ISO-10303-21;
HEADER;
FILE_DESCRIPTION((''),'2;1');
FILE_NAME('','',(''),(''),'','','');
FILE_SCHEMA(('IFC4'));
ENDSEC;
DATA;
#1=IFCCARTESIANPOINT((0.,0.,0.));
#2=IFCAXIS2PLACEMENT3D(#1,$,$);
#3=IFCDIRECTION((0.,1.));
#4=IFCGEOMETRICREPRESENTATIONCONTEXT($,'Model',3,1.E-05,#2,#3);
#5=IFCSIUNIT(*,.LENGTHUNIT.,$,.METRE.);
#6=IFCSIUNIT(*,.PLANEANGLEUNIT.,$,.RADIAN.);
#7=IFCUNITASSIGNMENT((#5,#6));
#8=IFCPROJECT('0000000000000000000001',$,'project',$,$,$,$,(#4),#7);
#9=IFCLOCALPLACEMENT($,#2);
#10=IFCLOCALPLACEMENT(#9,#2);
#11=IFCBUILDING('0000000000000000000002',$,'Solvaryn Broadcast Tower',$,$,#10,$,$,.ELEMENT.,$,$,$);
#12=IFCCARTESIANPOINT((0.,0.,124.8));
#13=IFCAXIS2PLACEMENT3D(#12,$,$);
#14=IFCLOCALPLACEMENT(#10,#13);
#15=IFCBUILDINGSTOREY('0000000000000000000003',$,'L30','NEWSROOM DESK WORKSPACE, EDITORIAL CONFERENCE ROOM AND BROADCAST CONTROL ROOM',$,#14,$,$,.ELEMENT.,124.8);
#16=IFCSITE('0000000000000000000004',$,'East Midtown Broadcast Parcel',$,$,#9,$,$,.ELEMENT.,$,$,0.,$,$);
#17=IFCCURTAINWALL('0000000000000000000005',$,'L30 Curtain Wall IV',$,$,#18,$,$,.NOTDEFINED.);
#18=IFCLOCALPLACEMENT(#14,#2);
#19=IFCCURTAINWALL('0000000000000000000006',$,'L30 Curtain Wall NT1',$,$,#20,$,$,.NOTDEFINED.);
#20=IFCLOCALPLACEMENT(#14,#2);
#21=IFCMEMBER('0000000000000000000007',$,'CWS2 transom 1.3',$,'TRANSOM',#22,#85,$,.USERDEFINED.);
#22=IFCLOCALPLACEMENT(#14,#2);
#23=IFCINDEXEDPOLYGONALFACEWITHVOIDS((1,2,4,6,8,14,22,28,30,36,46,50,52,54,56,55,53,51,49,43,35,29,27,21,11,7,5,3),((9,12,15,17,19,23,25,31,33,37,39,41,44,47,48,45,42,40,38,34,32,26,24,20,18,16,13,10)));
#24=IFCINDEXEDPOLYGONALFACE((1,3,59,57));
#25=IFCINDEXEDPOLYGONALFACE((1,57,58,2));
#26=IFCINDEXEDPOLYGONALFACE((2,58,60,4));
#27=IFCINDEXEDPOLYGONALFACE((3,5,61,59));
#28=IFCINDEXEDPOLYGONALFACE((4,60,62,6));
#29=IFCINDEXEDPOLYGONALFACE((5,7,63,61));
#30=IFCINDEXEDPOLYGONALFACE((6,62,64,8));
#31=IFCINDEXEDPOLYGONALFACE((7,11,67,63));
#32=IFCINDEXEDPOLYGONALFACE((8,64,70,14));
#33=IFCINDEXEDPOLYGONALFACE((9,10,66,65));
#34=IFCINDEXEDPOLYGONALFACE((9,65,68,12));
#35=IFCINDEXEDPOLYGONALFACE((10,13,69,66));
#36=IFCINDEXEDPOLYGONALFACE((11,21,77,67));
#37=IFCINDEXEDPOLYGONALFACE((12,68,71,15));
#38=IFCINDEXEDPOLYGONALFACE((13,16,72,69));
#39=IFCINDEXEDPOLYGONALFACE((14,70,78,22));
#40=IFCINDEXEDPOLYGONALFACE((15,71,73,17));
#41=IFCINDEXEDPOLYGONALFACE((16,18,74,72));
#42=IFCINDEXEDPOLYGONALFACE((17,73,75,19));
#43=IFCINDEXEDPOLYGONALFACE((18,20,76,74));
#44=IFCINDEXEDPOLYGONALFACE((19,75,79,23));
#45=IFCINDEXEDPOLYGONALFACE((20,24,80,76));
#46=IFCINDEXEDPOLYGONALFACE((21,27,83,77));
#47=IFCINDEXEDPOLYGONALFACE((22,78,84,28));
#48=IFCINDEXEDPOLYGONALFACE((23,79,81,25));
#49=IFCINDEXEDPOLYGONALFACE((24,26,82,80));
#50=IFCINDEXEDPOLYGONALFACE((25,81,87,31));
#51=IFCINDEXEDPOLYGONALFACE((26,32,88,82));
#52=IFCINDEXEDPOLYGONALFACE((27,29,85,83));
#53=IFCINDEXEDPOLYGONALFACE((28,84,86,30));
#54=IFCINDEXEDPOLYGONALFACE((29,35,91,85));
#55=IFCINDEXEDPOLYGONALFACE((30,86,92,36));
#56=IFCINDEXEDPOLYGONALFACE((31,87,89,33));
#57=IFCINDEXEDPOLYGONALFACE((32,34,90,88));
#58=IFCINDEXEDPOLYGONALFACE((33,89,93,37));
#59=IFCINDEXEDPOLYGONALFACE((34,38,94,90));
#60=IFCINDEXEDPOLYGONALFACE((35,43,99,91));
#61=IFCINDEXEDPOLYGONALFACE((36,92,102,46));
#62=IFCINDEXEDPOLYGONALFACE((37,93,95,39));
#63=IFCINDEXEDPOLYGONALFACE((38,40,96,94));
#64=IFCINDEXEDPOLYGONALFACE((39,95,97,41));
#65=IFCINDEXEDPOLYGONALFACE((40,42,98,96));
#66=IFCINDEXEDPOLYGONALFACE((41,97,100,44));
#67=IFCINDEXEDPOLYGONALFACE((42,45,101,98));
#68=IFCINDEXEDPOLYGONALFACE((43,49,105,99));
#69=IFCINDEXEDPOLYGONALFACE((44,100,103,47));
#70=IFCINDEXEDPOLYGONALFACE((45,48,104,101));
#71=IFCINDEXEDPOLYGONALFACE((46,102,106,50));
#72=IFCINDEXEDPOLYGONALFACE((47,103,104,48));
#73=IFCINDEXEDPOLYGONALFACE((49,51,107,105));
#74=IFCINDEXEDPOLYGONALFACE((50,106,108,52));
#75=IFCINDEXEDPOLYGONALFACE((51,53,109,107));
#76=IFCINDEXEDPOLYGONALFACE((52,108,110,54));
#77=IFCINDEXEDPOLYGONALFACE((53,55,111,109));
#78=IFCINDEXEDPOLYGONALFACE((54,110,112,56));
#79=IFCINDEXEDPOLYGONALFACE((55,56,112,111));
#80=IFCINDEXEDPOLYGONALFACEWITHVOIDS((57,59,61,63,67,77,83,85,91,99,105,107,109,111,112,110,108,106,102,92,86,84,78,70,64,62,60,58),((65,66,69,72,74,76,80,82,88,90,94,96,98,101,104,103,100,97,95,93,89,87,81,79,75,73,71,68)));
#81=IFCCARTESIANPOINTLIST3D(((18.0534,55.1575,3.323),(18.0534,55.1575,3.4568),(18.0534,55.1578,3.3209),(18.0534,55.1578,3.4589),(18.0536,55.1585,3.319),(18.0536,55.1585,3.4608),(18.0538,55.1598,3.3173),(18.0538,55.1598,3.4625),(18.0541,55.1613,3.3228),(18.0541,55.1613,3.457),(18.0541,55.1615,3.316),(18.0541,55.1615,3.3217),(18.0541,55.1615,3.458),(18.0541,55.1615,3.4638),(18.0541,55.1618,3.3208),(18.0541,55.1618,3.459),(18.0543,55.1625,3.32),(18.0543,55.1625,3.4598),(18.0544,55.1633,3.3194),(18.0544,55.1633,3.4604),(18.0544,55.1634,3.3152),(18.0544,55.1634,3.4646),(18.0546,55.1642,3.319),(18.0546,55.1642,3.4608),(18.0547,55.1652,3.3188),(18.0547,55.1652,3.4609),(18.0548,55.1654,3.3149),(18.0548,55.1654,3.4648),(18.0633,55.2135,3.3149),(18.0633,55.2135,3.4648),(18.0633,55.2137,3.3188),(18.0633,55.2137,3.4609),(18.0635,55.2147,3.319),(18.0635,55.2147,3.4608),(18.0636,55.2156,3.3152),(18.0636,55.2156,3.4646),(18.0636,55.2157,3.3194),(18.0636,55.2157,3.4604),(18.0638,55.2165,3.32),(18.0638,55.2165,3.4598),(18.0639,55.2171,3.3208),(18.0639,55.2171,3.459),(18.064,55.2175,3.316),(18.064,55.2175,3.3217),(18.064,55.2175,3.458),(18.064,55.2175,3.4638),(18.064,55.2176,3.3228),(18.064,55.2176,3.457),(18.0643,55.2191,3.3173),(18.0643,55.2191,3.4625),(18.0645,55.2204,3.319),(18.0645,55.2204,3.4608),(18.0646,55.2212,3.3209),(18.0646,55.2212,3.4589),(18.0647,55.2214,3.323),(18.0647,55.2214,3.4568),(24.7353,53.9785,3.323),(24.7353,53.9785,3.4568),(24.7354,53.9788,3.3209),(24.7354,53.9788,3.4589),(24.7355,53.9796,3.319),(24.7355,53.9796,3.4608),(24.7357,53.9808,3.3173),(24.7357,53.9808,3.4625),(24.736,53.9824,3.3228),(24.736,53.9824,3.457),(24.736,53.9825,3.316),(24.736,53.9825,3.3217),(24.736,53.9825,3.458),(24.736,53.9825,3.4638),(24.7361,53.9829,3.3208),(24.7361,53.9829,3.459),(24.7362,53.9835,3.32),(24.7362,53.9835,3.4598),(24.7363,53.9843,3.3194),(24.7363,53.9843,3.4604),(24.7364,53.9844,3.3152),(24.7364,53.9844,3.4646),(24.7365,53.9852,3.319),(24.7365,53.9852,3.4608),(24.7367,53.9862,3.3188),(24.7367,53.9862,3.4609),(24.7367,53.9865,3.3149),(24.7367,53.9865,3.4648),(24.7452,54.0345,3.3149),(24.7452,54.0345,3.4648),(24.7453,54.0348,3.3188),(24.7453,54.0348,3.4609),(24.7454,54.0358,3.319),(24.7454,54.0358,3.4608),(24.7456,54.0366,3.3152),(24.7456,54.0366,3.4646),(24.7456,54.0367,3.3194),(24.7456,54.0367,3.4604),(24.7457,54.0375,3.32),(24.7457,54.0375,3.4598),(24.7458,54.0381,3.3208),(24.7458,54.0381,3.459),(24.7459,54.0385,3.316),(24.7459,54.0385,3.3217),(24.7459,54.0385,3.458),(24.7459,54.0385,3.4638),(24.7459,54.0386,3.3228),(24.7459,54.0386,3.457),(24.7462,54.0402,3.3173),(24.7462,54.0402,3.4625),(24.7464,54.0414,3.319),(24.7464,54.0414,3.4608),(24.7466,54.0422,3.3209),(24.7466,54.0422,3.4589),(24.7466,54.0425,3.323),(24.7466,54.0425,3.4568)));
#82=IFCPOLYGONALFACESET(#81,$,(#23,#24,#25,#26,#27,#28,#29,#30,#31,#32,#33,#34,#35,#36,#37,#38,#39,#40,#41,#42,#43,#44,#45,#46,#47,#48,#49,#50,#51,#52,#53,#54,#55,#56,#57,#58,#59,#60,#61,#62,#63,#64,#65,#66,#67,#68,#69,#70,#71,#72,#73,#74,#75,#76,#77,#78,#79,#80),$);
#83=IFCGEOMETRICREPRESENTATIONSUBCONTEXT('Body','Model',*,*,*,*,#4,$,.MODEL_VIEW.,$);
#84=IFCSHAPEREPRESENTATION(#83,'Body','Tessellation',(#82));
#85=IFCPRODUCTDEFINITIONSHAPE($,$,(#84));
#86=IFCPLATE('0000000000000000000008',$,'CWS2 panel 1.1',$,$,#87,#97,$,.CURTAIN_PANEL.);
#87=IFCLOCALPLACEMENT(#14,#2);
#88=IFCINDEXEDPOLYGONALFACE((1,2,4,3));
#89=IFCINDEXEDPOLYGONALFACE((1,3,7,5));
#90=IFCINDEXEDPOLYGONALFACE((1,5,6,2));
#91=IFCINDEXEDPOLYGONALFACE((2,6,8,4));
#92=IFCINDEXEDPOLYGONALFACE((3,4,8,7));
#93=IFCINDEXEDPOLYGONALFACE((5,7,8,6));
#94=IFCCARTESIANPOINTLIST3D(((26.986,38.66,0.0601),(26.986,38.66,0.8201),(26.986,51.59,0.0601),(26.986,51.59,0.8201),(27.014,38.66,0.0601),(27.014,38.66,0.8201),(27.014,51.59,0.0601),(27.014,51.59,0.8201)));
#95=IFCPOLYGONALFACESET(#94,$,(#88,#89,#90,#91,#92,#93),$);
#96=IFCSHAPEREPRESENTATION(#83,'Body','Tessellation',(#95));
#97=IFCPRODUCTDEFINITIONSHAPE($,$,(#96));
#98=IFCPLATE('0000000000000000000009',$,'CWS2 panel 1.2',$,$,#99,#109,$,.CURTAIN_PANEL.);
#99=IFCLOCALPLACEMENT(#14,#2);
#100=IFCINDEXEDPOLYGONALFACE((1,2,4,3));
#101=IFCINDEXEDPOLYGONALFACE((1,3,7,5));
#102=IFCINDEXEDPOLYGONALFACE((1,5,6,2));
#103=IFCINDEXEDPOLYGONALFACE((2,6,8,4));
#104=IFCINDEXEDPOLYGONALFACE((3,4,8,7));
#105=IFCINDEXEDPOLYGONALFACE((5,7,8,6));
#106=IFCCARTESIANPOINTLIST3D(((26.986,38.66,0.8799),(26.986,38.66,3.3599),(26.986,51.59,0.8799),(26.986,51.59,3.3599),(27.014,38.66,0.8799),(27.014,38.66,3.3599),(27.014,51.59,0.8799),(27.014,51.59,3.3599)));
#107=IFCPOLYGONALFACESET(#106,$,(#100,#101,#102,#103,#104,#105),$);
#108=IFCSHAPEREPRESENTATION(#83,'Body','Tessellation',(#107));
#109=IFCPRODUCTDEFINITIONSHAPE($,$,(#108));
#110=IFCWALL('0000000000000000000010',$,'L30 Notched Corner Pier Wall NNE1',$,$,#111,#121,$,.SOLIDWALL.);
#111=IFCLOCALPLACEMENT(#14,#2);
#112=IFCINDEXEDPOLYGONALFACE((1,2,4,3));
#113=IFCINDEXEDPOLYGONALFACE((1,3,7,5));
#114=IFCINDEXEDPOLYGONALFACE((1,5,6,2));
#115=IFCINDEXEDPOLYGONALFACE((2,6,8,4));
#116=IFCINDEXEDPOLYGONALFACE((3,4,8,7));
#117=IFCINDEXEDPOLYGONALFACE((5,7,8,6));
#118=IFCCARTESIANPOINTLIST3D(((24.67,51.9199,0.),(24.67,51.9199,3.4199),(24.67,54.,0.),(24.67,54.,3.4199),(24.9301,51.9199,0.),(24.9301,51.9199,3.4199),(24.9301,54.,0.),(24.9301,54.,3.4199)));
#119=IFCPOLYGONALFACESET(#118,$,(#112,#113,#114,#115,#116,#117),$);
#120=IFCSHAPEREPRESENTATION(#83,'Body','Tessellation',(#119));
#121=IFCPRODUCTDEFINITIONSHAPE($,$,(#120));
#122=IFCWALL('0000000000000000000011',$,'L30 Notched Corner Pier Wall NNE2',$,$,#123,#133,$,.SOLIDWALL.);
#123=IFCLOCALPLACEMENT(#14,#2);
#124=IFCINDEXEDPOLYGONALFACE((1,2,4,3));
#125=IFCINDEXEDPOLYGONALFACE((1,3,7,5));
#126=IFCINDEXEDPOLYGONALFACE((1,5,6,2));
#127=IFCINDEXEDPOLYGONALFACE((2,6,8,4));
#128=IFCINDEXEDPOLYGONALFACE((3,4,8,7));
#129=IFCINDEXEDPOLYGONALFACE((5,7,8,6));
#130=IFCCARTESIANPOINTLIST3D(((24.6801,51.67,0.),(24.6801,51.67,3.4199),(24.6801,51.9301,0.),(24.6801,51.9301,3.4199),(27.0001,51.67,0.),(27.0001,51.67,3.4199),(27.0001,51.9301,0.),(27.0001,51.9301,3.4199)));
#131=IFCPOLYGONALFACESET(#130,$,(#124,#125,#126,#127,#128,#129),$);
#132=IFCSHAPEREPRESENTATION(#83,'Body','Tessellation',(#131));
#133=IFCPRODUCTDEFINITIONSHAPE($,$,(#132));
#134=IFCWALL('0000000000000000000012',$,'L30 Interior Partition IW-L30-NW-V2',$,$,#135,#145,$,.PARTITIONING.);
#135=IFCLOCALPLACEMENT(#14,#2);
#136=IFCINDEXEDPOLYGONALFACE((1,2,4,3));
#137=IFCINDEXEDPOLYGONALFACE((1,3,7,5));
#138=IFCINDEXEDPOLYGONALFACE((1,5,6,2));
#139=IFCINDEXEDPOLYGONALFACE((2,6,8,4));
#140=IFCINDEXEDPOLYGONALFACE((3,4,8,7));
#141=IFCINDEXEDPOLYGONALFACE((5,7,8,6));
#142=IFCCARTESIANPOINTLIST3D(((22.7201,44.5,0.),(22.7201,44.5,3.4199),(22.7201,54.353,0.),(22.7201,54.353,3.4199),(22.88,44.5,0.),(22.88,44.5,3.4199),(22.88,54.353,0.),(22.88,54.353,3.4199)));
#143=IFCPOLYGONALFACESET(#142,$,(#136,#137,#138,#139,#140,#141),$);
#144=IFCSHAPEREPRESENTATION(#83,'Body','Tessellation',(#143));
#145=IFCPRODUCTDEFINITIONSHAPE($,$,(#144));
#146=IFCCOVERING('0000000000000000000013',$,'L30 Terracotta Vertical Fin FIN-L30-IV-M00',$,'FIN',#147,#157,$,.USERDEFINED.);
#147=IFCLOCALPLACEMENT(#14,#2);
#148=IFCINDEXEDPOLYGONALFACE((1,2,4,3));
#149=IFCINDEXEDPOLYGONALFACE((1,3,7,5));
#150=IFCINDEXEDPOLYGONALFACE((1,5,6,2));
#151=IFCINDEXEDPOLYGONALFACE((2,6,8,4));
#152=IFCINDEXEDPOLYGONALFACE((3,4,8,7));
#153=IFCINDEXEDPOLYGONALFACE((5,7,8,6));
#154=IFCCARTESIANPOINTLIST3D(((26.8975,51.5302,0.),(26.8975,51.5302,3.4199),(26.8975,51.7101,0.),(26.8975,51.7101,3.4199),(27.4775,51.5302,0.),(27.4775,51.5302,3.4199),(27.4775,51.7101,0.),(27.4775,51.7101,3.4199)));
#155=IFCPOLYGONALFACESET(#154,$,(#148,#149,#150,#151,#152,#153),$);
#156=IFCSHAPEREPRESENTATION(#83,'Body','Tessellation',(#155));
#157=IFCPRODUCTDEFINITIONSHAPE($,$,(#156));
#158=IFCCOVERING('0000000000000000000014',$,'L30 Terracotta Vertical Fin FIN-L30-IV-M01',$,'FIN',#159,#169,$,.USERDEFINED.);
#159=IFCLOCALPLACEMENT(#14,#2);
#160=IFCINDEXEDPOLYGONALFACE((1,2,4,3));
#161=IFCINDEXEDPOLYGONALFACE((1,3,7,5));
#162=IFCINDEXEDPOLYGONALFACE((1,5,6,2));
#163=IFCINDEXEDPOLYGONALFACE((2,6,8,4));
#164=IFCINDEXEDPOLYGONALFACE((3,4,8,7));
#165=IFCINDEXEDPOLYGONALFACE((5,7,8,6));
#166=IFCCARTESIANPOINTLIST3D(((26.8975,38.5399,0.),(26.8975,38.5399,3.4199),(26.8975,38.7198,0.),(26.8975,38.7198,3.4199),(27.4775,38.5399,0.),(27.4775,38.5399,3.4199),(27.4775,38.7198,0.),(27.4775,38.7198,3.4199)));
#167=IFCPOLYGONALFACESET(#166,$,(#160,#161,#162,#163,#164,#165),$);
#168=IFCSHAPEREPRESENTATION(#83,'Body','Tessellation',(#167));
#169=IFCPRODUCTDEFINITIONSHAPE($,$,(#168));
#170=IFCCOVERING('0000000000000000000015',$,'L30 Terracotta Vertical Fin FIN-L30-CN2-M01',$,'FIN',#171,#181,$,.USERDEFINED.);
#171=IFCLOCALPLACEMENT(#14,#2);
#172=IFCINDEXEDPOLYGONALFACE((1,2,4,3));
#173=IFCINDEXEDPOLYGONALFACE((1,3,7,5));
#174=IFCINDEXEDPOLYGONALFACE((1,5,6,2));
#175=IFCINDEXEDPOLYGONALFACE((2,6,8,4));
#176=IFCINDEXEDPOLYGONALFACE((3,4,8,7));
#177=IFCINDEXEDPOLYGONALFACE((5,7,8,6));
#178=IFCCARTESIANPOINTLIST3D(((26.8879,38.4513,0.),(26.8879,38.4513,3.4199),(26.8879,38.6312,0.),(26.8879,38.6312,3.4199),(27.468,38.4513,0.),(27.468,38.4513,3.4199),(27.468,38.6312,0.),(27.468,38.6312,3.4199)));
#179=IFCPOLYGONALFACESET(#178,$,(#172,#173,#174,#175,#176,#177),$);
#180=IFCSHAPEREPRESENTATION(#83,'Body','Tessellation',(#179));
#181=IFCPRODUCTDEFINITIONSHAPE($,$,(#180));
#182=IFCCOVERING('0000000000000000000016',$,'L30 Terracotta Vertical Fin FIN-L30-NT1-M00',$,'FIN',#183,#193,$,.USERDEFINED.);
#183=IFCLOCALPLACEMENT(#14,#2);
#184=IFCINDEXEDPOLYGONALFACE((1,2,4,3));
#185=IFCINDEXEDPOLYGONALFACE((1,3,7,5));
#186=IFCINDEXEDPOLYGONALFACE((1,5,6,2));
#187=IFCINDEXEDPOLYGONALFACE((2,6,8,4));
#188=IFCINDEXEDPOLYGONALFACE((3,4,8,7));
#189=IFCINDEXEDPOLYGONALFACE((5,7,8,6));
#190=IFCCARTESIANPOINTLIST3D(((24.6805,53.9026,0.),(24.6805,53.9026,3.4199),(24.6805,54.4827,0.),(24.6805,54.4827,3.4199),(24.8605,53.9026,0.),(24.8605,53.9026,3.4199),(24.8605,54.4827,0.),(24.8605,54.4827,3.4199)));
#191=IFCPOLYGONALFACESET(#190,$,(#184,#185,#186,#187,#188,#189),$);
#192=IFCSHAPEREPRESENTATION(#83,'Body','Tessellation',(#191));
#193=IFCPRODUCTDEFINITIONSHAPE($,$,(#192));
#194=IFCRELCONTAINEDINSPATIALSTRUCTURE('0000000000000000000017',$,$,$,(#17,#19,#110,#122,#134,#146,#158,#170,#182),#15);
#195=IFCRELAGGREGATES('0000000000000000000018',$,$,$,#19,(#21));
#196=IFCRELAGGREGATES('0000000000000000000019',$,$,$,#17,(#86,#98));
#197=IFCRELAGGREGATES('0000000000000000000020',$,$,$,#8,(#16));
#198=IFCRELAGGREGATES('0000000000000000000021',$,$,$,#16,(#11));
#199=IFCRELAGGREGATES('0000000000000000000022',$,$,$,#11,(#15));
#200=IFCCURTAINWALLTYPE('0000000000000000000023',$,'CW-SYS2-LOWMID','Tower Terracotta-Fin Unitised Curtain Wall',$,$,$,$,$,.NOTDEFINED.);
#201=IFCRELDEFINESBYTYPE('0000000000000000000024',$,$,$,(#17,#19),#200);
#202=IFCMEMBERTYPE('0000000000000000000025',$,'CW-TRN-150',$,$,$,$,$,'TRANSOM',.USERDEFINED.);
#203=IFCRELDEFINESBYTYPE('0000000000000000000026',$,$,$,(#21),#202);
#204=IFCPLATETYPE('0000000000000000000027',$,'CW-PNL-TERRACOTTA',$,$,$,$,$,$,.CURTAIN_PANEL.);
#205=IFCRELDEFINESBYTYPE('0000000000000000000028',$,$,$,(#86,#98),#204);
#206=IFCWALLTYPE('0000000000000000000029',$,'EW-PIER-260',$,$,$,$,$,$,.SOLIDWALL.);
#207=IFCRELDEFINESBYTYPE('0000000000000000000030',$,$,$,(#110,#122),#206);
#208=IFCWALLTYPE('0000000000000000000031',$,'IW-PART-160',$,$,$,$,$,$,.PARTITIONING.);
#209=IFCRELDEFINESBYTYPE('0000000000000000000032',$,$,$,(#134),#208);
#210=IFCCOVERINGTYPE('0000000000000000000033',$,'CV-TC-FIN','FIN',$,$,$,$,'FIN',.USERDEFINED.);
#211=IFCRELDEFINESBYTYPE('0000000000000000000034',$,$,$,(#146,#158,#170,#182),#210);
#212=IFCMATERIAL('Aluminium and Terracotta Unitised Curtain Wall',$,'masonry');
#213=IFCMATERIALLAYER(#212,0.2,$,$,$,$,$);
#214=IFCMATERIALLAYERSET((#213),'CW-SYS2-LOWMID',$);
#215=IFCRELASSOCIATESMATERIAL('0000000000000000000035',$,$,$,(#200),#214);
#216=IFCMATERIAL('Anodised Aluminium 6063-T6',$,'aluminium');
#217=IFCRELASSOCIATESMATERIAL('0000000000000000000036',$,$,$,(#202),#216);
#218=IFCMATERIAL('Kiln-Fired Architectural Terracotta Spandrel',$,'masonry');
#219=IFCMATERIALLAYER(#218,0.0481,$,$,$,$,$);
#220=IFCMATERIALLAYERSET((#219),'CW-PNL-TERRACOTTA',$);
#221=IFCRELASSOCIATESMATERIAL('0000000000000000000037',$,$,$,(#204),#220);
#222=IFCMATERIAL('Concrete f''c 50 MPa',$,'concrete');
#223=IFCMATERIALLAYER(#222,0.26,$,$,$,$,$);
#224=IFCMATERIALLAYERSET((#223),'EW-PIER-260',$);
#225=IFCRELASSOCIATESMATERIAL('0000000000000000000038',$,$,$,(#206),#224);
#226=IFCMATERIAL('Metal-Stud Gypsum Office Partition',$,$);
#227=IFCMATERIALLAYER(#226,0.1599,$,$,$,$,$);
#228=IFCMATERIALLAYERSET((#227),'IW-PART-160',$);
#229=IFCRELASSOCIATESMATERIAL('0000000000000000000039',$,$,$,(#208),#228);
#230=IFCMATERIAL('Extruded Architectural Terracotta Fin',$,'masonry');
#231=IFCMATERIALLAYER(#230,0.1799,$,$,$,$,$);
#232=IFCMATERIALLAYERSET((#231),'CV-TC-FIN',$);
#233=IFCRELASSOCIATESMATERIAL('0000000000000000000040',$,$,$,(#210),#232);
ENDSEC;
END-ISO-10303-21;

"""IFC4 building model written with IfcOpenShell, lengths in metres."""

from ifc_helpers import new_model, si_unit, direction, frame, frame_2d, origin, origin_2d, place, context, subcontext, project, spatial, rectangle, hollow_rectangle, extrude, material, layer, layer_set, material_profile, profile_set, type_object, element, aggregate, save


model = new_model("IFC4")

# Units and contexts
model_context = context("Model", 3, precision=1e-05, world=origin(), true_north=direction((0.0, 1.0)))
body_context = subcontext(model_context, "Body", "Model", "MODEL_VIEW")
ifc_project = project(units=[si_unit("LENGTHUNIT", "METRE"), si_unit("PLANEANGLEUNIT", "RADIAN")], contexts=[model_context])

# Site, building, storey
site_placement = place(None, origin())
site = spatial("IfcSite", under=ifc_project, at=site_placement, Name="East Midtown Broadcast Parcel", CompositionType="ELEMENT", RefElevation=0.0)
building_placement = place(site_placement, origin())
building = spatial("IfcBuilding", under=site, at=building_placement, Name="Solvaryn Broadcast Tower", CompositionType="ELEMENT")
storey_placement = place(building_placement, frame((0.0, 0.0, 124.8)))
storey = spatial("IfcBuildingStorey", under=building, at=storey_placement, Name="L30", Description="NEWSROOM DESK WORKSPACE, EDITORIAL CONFERENCE ROOM AND BROADCAST CONTROL ROOM", CompositionType="ELEMENT", Elevation=124.8)

# Curtain wall
ifc_material_1 = material(Name="Aluminium and Terracotta Unitised Curtain Wall", Category="masonry")
ifc_layer_1 = layer(ifc_material_1, 0.2)
ifc_layer_set_1 = layer_set([ifc_layer_1], Name="CW-SYS2-LOWMID")
curtain_wall_type = type_object("IfcCurtainWallType", Name="CW-SYS2-LOWMID", Description="Tower Terracotta-Fin Unitised Curtain Wall", PredefinedType="NOTDEFINED", material=ifc_layer_set_1)
curtain_wall_1_placement = place(storey_placement, origin())
curtain_wall_1 = element("IfcCurtainWall", 1, at=curtain_wall_1_placement, inside=storey, type_object=curtain_wall_type, Name="L30 Curtain Wall IV", PredefinedType="NOTDEFINED")

# Curtain wall
curtain_wall_2_placement = place(storey_placement, origin())
curtain_wall_2 = element("IfcCurtainWall", 2, at=curtain_wall_2_placement, inside=storey, type_object=curtain_wall_type, Name="L30 Curtain Wall NT1", PredefinedType="NOTDEFINED")

# Member
ifc_material_2 = material(Name="Anodised Aluminium 6063-T6", Category="aluminium")
ifc_material_profile_1 = material_profile(ifc_material_2, hollow_rectangle(XDim=0.0649, YDim=0.1499, WallThickness=0.0039, InnerFilletRadius=0.0039, OuterFilletRadius=0.0081, at=origin_2d()))
ifc_profile_set_1 = profile_set([ifc_material_profile_1], Name="Anodised Aluminium 6063-T6")
member_type_1 = type_object("IfcMemberType", Name="CW-TRN-150", ElementType="TRANSOM", PredefinedType="USERDEFINED", material=ifc_profile_set_1)
member_1_placement = place(storey_placement, frame((24.741, 54.0105, 3.3899), z_axis=(-0.984789, 0.173757, 0.0), x_axis=(-0.173757, -0.984789, 0.0)))
member_1 = element("IfcMember", 3, at=member_1_placement, type_object=member_type_1, Name="CWS2 transom 1.3", ObjectType="TRANSOM", PredefinedType="USERDEFINED", context=body_context, shape_type="SweptSolid", body=[
    extrude(hollow_rectangle(XDim=0.0649, YDim=0.1499, WallThickness=0.0039, InnerFilletRadius=0.0039, OuterFilletRadius=0.0081, at=origin_2d()), origin(), (0.0, 0.0, 1.0), 6.7852),
])
aggregate(curtain_wall_2, [member_1])

# Plates
ifc_material_3 = material(Name="Kiln-Fired Architectural Terracotta Spandrel", Category="masonry")
ifc_layer_2 = layer(ifc_material_3, 0.0481)
ifc_layer_set_2 = layer_set([ifc_layer_2], Name="CW-PNL-TERRACOTTA")
plate_type = type_object("IfcPlateType", Name="CW-PNL-TERRACOTTA", PredefinedType="CURTAIN_PANEL", material=ifc_layer_set_2)
plate_1_placement = place(storey_placement, frame((27.0, 45.125, 0.0601), z_axis=(0.0, 0.0, 1.0), x_axis=(0.0, -1.0, 0.0)))
plate_1 = element("IfcPlate", 4, at=plate_1_placement, type_object=plate_type, Name="CWS2 panel 1.1", PredefinedType="CURTAIN_PANEL", context=body_context, shape_type="SweptSolid", body=[
    extrude(rectangle(XDim=12.9299, YDim=0.0281, at=origin_2d()), origin(), (0.0, 0.0, 1.0), 0.76),
])
plate_2_placement = place(storey_placement, frame((27.0, 45.125, 0.8799), z_axis=(0.0, 0.0, 1.0), x_axis=(0.0, -1.0, 0.0)))
plate_2 = element("IfcPlate", 5, at=plate_2_placement, type_object=plate_type, Name="CWS2 panel 1.2", PredefinedType="CURTAIN_PANEL", context=body_context, shape_type="SweptSolid", body=[
    extrude(rectangle(XDim=12.9299, YDim=0.0281, at=origin_2d()), origin(), (0.0, 0.0, 1.0), 2.48),
])
aggregate(curtain_wall_1, [plate_1, plate_2])

# Walls
ifc_material_4 = material(Name="Concrete f'c 50 MPa", Category="concrete")
ifc_layer_3 = layer(ifc_material_4, 0.26)
ifc_layer_set_3 = layer_set([ifc_layer_3], Name="EW-PIER-260")
wall_type_1 = type_object("IfcWallType", Name="EW-PIER-260", PredefinedType="SOLIDWALL", material=ifc_layer_set_3)
wall_1_placement = place(storey_placement, frame((24.8, 54.0, 0.0), z_axis=(0.0, 0.0, 1.0), x_axis=(0.0, -1.0, 0.0)))
element("IfcWall", 6, at=wall_1_placement, inside=storey, type_object=wall_type_1, Name="L30 Notched Corner Pier Wall NNE1", PredefinedType="SOLIDWALL", context=body_context, shape_type="SweptSolid", body=[
    extrude(rectangle(XDim=2.0801, YDim=0.26, at=frame_2d((1.04, 0.0))), origin(), (0.0, 0.0, 1.0), 3.4199),
])
wall_2_placement = place(storey_placement, frame((24.6799, 51.8, 0.0), z_axis=(0.0, 0.0, 1.0), x_axis=(1.0, 0.0, 0.0)))
element("IfcWall", 7, at=wall_2_placement, inside=storey, type_object=wall_type_1, Name="L30 Notched Corner Pier Wall NNE2", PredefinedType="SOLIDWALL", context=body_context, shape_type="SweptSolid", body=[
    extrude(rectangle(XDim=2.3201, YDim=0.26, at=frame_2d((1.1602, 0.0))), origin(), (0.0, 0.0, 1.0), 3.4199),
])
ifc_material_5 = material(Name="Metal-Stud Gypsum Office Partition")
ifc_layer_4 = layer(ifc_material_5, 0.1599)
ifc_layer_set_4 = layer_set([ifc_layer_4], Name="IW-PART-160")
wall_type_2 = type_object("IfcWallType", Name="IW-PART-160", PredefinedType="PARTITIONING", material=ifc_layer_set_4)
wall_3_placement = place(storey_placement, frame((22.8, 44.5, 0.0), z_axis=(0.0, 0.0, 1.0), x_axis=(0.0, 1.0, 0.0)))
element("IfcWall", 8, at=wall_3_placement, inside=storey, type_object=wall_type_2, Name="L30 Interior Partition IW-L30-NW-V2", PredefinedType="PARTITIONING", context=body_context, shape_type="SweptSolid", body=[
    extrude(rectangle(XDim=9.853, YDim=0.1599, at=frame_2d((4.9265, 0.0))), origin(), (0.0, 0.0, 1.0), 3.4199),
])

# Coverings
ifc_material_6 = material(Name="Extruded Architectural Terracotta Fin", Category="masonry")
ifc_layer_5 = layer(ifc_material_6, 0.1799)
ifc_layer_set_5 = layer_set([ifc_layer_5], Name="CV-TC-FIN")
covering_type = type_object("IfcCoveringType", Name="CV-TC-FIN", Description="FIN", ElementType="FIN", PredefinedType="USERDEFINED", material=ifc_layer_set_5)
for number, where, z_axis, x_axis, name in (
    (9, (27.1875, 51.6201, 0.0), (0.0, 0.0, 1.0), (1.0, 0.0, 0.0), "L30 Terracotta Vertical Fin FIN-L30-IV-M00"),
    (10, (27.1875, 38.6299, 0.0), (0.0, 0.0, 1.0), (1.0, 0.0, 0.0), "L30 Terracotta Vertical Fin FIN-L30-IV-M01"),
    (11, (27.178, 38.5413, 0.0), (0.0, 0.0, 1.0), (1.0, 0.0, 0.0), "L30 Terracotta Vertical Fin FIN-L30-CN2-M01"),
):
    element("IfcCovering", number, at=place(storey_placement, frame(where, z_axis=z_axis, x_axis=x_axis)), inside=storey, type_object=covering_type, Name=name, ObjectType="FIN", PredefinedType="USERDEFINED", context=body_context, shape_type="SweptSolid", body=[
        extrude(rectangle(XDim=0.5801, YDim=0.1799, at=origin_2d()), origin(), (0.0, 0.0, 1.0), 3.4199),
    ])
covering_placement = place(storey_placement, frame((24.7705, 54.1926, 0.0), z_axis=(0.0, 0.0, 1.0), x_axis=(1.0, 0.0, 0.0)))
element("IfcCovering", 12, at=covering_placement, inside=storey, type_object=covering_type, Name="L30 Terracotta Vertical Fin FIN-L30-NT1-M00", ObjectType="FIN", PredefinedType="USERDEFINED", context=body_context, shape_type="SweptSolid", body=[
    extrude(rectangle(XDim=0.1799, YDim=0.5801, at=origin_2d()), origin(), (0.0, 0.0, 1.0), 3.4199),
])

save(model, "model.ifc")
